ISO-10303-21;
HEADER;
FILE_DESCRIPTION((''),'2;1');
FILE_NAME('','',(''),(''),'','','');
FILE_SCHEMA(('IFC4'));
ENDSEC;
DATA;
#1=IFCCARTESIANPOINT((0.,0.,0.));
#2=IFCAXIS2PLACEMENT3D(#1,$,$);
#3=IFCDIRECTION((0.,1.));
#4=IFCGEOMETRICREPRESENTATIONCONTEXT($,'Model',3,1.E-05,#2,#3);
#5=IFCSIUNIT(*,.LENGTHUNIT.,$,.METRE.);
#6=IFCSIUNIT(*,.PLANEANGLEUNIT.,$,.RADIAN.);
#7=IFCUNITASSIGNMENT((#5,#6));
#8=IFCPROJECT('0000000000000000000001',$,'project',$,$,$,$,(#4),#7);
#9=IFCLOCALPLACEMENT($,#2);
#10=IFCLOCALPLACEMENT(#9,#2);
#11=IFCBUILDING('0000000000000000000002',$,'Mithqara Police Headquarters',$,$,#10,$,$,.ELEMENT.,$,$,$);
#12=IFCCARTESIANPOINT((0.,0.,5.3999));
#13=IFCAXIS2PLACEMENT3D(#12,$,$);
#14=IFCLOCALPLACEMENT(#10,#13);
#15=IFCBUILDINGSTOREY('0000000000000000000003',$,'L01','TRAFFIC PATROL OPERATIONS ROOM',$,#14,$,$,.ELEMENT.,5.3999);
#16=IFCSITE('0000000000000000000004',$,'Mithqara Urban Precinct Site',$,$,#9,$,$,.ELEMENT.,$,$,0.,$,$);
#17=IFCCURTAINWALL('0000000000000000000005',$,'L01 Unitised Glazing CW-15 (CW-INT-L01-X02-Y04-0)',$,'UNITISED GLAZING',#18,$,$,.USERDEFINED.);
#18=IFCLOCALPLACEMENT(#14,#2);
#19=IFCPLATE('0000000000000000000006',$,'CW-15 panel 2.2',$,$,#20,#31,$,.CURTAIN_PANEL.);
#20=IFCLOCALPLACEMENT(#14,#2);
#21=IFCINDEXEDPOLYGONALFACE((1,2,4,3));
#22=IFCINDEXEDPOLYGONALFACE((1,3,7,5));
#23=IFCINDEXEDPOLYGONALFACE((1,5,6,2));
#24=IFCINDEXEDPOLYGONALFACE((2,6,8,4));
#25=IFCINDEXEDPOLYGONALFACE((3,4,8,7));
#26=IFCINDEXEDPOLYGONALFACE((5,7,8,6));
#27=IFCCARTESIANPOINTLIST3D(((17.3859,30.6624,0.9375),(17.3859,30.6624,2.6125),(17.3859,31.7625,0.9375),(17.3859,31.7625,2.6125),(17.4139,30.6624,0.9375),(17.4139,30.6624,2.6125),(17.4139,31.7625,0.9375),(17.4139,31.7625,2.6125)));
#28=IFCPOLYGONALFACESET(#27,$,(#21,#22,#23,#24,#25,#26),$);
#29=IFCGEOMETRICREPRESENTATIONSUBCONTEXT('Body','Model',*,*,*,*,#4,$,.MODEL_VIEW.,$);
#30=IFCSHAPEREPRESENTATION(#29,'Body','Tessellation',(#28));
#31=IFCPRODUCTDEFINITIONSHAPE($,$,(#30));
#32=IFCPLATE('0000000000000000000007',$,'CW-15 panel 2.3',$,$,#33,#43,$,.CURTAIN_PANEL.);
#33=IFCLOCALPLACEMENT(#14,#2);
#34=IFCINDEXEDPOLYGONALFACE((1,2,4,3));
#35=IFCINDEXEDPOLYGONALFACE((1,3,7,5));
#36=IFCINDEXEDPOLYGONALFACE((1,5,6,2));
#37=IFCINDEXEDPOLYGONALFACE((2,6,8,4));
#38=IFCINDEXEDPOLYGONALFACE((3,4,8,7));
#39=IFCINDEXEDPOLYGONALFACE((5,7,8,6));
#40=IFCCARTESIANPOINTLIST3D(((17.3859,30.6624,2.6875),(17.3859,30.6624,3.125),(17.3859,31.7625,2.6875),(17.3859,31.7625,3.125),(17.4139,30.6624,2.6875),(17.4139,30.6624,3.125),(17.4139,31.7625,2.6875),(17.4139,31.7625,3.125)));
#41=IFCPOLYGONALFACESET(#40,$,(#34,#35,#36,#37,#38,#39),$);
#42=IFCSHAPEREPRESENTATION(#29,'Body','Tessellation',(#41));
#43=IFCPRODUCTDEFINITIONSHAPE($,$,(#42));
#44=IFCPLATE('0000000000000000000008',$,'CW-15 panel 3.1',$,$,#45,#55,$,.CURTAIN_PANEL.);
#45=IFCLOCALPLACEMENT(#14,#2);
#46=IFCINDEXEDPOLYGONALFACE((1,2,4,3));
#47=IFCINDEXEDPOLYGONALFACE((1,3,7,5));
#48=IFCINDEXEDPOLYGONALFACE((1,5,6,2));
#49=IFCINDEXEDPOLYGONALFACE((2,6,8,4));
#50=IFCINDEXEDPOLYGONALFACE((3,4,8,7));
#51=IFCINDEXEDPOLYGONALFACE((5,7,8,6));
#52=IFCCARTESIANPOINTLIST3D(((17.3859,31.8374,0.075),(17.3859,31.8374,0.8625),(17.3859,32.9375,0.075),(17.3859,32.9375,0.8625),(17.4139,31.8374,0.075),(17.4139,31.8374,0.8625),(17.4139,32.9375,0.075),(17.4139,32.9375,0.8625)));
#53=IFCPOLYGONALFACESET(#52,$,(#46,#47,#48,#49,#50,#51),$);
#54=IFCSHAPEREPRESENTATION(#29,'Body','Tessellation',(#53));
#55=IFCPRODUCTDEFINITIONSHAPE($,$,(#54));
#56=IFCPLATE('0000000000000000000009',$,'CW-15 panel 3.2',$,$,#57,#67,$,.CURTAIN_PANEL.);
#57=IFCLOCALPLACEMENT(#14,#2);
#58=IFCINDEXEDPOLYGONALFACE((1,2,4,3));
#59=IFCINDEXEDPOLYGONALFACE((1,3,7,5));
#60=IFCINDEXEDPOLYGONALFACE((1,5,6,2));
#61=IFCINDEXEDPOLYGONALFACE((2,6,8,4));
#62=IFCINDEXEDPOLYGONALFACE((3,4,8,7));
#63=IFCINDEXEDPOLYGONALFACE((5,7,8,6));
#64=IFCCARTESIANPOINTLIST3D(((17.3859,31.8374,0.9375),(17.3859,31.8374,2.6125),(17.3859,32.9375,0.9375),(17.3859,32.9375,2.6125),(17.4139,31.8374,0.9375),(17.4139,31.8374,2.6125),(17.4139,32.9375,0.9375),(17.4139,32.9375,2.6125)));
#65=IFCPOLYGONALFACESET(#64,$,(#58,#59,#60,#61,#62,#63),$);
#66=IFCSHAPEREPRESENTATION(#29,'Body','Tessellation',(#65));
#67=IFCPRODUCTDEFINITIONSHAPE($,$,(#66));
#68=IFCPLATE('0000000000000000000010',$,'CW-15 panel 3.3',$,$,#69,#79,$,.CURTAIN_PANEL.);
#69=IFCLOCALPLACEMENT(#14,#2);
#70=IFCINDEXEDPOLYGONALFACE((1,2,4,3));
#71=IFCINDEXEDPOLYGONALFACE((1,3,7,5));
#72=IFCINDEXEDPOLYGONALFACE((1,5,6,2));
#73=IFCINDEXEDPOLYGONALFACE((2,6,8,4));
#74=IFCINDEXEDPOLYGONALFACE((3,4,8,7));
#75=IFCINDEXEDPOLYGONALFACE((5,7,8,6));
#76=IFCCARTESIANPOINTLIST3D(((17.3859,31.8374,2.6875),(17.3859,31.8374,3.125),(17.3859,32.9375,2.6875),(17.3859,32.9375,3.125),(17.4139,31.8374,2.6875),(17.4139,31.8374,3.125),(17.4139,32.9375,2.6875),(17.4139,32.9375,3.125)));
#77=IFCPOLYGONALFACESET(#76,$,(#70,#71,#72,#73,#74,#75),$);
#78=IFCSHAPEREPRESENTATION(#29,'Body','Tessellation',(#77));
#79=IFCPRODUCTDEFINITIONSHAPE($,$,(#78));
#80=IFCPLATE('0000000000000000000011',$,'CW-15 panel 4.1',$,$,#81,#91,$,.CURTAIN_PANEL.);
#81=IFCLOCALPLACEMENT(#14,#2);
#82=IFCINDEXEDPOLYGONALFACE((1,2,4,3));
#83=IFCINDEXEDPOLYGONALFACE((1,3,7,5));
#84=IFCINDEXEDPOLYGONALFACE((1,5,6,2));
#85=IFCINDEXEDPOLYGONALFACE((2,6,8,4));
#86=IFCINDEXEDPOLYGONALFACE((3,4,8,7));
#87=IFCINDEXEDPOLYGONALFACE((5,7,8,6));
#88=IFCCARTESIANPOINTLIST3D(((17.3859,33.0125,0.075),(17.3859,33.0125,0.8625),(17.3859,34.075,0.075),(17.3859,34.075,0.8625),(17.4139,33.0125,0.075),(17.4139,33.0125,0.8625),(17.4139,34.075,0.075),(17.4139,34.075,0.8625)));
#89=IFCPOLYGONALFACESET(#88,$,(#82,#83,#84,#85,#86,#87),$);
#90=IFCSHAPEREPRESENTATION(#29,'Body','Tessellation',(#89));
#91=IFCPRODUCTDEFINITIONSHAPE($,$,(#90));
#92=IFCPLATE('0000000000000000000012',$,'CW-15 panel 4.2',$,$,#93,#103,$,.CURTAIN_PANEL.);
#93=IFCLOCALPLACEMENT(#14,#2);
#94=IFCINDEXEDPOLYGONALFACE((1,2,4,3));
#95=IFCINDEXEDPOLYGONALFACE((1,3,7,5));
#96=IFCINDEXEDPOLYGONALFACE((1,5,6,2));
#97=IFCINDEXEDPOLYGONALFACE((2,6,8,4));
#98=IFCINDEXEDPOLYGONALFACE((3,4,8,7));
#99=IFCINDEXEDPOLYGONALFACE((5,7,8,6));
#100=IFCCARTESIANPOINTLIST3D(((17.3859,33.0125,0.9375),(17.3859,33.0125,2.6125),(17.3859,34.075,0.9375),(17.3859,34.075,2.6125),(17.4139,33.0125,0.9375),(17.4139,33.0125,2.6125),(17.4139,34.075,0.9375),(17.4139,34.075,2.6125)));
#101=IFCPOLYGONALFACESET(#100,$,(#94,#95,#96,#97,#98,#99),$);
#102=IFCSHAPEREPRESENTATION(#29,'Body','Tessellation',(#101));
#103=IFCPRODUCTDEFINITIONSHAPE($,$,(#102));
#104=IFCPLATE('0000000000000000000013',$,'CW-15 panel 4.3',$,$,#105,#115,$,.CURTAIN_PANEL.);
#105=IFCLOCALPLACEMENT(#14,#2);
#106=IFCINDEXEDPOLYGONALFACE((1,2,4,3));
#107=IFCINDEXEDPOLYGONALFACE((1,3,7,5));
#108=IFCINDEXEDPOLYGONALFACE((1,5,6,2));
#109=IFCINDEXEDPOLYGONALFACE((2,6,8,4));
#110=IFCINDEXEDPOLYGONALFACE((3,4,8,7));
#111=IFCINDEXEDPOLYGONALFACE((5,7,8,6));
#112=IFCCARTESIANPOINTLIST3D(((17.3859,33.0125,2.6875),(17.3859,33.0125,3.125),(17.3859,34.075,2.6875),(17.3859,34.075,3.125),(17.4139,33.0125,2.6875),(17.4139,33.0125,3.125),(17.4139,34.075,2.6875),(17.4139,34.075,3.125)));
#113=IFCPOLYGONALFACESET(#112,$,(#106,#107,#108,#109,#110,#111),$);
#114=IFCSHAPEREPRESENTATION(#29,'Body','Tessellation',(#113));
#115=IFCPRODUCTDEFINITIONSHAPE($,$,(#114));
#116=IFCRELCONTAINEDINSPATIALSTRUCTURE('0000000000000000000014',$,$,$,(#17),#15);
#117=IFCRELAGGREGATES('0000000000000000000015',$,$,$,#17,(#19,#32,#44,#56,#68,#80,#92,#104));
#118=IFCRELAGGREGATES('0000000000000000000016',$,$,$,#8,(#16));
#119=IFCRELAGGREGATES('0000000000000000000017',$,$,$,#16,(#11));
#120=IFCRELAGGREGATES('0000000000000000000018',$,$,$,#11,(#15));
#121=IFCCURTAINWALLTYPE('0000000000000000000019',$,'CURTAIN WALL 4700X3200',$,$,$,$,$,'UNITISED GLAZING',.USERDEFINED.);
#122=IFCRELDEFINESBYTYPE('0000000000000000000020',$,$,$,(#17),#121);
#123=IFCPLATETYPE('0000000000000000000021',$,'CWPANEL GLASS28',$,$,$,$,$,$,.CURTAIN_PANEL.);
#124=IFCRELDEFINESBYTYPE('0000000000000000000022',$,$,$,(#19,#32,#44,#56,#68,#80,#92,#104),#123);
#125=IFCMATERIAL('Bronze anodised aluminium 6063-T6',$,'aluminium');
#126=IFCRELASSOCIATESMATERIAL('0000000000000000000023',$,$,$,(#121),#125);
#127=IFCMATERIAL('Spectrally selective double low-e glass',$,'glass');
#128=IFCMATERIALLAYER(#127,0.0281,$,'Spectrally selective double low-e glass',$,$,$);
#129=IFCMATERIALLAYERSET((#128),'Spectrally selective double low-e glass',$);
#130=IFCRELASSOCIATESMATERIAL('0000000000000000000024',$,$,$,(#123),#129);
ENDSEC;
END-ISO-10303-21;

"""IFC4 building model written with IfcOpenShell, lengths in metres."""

from ifc_helpers import new_model, si_unit, direction, frame, origin, origin_2d, place, context, subcontext, project, spatial, rectangle, extrude, material, layer, layer_set, type_object, element, aggregate, save


model = new_model("IFC4")

# Units and contexts
model_context = context("Model", 3, precision=1e-05, world=origin(), true_north=direction((0.0, 1.0)))
body_context = subcontext(model_context, "Body", "Model", "MODEL_VIEW")
ifc_project = project(units=[si_unit("LENGTHUNIT", "METRE"), si_unit("PLANEANGLEUNIT", "RADIAN")], contexts=[model_context])

# Site, building, storey
site_placement = place(None, origin())
site = spatial("IfcSite", under=ifc_project, at=site_placement, Name="Mithqara Urban Precinct Site", CompositionType="ELEMENT", RefElevation=0.0)
building_placement = place(site_placement, origin())
building = spatial("IfcBuilding", under=site, at=building_placement, Name="Mithqara Police Headquarters", CompositionType="ELEMENT")
storey_placement = place(building_placement, frame((0.0, 0.0, 5.3999)))
storey = spatial("IfcBuildingStorey", under=building, at=storey_placement, Name="L01", Description="TRAFFIC PATROL OPERATIONS ROOM", CompositionType="ELEMENT", Elevation=5.3999)

# Curtain wall, plates
ifc_material_1 = material(Name="Bronze anodised aluminium 6063-T6", Category="aluminium")
curtain_wall_type = type_object("IfcCurtainWallType", Name="CURTAIN WALL 4700X3200", ElementType="UNITISED GLAZING", PredefinedType="USERDEFINED", material=ifc_material_1)
curtain_wall_placement = place(storey_placement, origin())
curtain_wall = element("IfcCurtainWall", 1, at=curtain_wall_placement, inside=storey, type_object=curtain_wall_type, Name="L01 Unitised Glazing CW-15 (CW-INT-L01-X02-Y04-0)", ObjectType="UNITISED GLAZING", PredefinedType="USERDEFINED")
ifc_material_2 = material(Name="Spectrally selective double low-e glass", Category="glass")
ifc_layer = layer(ifc_material_2, 0.0281, Name="Spectrally selective double low-e glass")
ifc_layer_set = layer_set([ifc_layer], Name="Spectrally selective double low-e glass")
plate_type = type_object("IfcPlateType", Name="CWPANEL GLASS28", PredefinedType="CURTAIN_PANEL", material=ifc_layer_set)
plate_1_placement = place(storey_placement, frame((17.3999, 31.2124, 0.9375), z_axis=(0.0, 0.0, 1.0), x_axis=(0.0, 1.0, 0.0)))
plate_1 = element("IfcPlate", 2, at=plate_1_placement, type_object=plate_type, Name="CW-15 panel 2.2", PredefinedType="CURTAIN_PANEL", context=body_context, shape_type="SweptSolid", body=[
    extrude(rectangle(XDim=1.1001, YDim=0.0281, at=origin_2d()), origin(), (0.0, 0.0, 1.0), 1.675),
])
plate_2_placement = place(storey_placement, frame((17.3999, 31.2124, 2.6875), z_axis=(0.0, 0.0, 1.0), x_axis=(0.0, 1.0, 0.0)))
plate_2 = element("IfcPlate", 3, at=plate_2_placement, type_object=plate_type, Name="CW-15 panel 2.3", PredefinedType="CURTAIN_PANEL", context=body_context, shape_type="SweptSolid", body=[
    extrude(rectangle(XDim=1.1001, YDim=0.0281, at=origin_2d()), origin(), (0.0, 0.0, 1.0), 0.4375),
])
plate_3_placement = place(storey_placement, frame((17.3999, 32.3875, 0.075), z_axis=(0.0, 0.0, 1.0), x_axis=(0.0, 1.0, 0.0)))
plate_3 = element("IfcPlate", 4, at=plate_3_placement, type_object=plate_type, Name="CW-15 panel 3.1", PredefinedType="CURTAIN_PANEL", context=body_context, shape_type="SweptSolid", body=[
    extrude(rectangle(XDim=1.1001, YDim=0.0281, at=origin_2d()), origin(), (0.0, 0.0, 1.0), 0.7876),
])
plate_4_placement = place(storey_placement, frame((17.3999, 32.3875, 0.9375), z_axis=(0.0, 0.0, 1.0), x_axis=(0.0, 1.0, 0.0)))
plate_4 = element("IfcPlate", 5, at=plate_4_placement, type_object=plate_type, Name="CW-15 panel 3.2", PredefinedType="CURTAIN_PANEL", context=body_context, shape_type="SweptSolid", body=[
    extrude(rectangle(XDim=1.1001, YDim=0.0281, at=origin_2d()), origin(), (0.0, 0.0, 1.0), 1.675),
])
plate_5_placement = place(storey_placement, frame((17.3999, 32.3875, 2.6875), z_axis=(0.0, 0.0, 1.0), x_axis=(0.0, 1.0, 0.0)))
plate_5 = element("IfcPlate", 6, at=plate_5_placement, type_object=plate_type, Name="CW-15 panel 3.3", PredefinedType="CURTAIN_PANEL", context=body_context, shape_type="SweptSolid", body=[
    extrude(rectangle(XDim=1.1001, YDim=0.0281, at=origin_2d()), origin(), (0.0, 0.0, 1.0), 0.4375),
])
plate_6_placement = place(storey_placement, frame((17.3999, 33.5437, 0.075), z_axis=(0.0, 0.0, 1.0), x_axis=(0.0, 1.0, 0.0)))
plate_6 = element("IfcPlate", 7, at=plate_6_placement, type_object=plate_type, Name="CW-15 panel 4.1", PredefinedType="CURTAIN_PANEL", context=body_context, shape_type="SweptSolid", body=[
    extrude(rectangle(XDim=1.0625, YDim=0.0281, at=origin_2d()), origin(), (0.0, 0.0, 1.0), 0.7876),
])
plate_7_placement = place(storey_placement, frame((17.3999, 33.5437, 0.9375), z_axis=(0.0, 0.0, 1.0), x_axis=(0.0, 1.0, 0.0)))
plate_7 = element("IfcPlate", 8, at=plate_7_placement, type_object=plate_type, Name="CW-15 panel 4.2", PredefinedType="CURTAIN_PANEL", context=body_context, shape_type="SweptSolid", body=[
    extrude(rectangle(XDim=1.0625, YDim=0.0281, at=origin_2d()), origin(), (0.0, 0.0, 1.0), 1.675),
])
plate_8_placement = place(storey_placement, frame((17.3999, 33.5437, 2.6875), z_axis=(0.0, 0.0, 1.0), x_axis=(0.0, 1.0, 0.0)))
plate_8 = element("IfcPlate", 9, at=plate_8_placement, type_object=plate_type, Name="CW-15 panel 4.3", PredefinedType="CURTAIN_PANEL", context=body_context, shape_type="SweptSolid", body=[
    extrude(rectangle(XDim=1.0625, YDim=0.0281, at=origin_2d()), origin(), (0.0, 0.0, 1.0), 0.4375),
])
aggregate(curtain_wall, [plate_1, plate_2, plate_3, plate_4, plate_5, plate_6, plate_7, plate_8])

save(model, "model.ifc")
